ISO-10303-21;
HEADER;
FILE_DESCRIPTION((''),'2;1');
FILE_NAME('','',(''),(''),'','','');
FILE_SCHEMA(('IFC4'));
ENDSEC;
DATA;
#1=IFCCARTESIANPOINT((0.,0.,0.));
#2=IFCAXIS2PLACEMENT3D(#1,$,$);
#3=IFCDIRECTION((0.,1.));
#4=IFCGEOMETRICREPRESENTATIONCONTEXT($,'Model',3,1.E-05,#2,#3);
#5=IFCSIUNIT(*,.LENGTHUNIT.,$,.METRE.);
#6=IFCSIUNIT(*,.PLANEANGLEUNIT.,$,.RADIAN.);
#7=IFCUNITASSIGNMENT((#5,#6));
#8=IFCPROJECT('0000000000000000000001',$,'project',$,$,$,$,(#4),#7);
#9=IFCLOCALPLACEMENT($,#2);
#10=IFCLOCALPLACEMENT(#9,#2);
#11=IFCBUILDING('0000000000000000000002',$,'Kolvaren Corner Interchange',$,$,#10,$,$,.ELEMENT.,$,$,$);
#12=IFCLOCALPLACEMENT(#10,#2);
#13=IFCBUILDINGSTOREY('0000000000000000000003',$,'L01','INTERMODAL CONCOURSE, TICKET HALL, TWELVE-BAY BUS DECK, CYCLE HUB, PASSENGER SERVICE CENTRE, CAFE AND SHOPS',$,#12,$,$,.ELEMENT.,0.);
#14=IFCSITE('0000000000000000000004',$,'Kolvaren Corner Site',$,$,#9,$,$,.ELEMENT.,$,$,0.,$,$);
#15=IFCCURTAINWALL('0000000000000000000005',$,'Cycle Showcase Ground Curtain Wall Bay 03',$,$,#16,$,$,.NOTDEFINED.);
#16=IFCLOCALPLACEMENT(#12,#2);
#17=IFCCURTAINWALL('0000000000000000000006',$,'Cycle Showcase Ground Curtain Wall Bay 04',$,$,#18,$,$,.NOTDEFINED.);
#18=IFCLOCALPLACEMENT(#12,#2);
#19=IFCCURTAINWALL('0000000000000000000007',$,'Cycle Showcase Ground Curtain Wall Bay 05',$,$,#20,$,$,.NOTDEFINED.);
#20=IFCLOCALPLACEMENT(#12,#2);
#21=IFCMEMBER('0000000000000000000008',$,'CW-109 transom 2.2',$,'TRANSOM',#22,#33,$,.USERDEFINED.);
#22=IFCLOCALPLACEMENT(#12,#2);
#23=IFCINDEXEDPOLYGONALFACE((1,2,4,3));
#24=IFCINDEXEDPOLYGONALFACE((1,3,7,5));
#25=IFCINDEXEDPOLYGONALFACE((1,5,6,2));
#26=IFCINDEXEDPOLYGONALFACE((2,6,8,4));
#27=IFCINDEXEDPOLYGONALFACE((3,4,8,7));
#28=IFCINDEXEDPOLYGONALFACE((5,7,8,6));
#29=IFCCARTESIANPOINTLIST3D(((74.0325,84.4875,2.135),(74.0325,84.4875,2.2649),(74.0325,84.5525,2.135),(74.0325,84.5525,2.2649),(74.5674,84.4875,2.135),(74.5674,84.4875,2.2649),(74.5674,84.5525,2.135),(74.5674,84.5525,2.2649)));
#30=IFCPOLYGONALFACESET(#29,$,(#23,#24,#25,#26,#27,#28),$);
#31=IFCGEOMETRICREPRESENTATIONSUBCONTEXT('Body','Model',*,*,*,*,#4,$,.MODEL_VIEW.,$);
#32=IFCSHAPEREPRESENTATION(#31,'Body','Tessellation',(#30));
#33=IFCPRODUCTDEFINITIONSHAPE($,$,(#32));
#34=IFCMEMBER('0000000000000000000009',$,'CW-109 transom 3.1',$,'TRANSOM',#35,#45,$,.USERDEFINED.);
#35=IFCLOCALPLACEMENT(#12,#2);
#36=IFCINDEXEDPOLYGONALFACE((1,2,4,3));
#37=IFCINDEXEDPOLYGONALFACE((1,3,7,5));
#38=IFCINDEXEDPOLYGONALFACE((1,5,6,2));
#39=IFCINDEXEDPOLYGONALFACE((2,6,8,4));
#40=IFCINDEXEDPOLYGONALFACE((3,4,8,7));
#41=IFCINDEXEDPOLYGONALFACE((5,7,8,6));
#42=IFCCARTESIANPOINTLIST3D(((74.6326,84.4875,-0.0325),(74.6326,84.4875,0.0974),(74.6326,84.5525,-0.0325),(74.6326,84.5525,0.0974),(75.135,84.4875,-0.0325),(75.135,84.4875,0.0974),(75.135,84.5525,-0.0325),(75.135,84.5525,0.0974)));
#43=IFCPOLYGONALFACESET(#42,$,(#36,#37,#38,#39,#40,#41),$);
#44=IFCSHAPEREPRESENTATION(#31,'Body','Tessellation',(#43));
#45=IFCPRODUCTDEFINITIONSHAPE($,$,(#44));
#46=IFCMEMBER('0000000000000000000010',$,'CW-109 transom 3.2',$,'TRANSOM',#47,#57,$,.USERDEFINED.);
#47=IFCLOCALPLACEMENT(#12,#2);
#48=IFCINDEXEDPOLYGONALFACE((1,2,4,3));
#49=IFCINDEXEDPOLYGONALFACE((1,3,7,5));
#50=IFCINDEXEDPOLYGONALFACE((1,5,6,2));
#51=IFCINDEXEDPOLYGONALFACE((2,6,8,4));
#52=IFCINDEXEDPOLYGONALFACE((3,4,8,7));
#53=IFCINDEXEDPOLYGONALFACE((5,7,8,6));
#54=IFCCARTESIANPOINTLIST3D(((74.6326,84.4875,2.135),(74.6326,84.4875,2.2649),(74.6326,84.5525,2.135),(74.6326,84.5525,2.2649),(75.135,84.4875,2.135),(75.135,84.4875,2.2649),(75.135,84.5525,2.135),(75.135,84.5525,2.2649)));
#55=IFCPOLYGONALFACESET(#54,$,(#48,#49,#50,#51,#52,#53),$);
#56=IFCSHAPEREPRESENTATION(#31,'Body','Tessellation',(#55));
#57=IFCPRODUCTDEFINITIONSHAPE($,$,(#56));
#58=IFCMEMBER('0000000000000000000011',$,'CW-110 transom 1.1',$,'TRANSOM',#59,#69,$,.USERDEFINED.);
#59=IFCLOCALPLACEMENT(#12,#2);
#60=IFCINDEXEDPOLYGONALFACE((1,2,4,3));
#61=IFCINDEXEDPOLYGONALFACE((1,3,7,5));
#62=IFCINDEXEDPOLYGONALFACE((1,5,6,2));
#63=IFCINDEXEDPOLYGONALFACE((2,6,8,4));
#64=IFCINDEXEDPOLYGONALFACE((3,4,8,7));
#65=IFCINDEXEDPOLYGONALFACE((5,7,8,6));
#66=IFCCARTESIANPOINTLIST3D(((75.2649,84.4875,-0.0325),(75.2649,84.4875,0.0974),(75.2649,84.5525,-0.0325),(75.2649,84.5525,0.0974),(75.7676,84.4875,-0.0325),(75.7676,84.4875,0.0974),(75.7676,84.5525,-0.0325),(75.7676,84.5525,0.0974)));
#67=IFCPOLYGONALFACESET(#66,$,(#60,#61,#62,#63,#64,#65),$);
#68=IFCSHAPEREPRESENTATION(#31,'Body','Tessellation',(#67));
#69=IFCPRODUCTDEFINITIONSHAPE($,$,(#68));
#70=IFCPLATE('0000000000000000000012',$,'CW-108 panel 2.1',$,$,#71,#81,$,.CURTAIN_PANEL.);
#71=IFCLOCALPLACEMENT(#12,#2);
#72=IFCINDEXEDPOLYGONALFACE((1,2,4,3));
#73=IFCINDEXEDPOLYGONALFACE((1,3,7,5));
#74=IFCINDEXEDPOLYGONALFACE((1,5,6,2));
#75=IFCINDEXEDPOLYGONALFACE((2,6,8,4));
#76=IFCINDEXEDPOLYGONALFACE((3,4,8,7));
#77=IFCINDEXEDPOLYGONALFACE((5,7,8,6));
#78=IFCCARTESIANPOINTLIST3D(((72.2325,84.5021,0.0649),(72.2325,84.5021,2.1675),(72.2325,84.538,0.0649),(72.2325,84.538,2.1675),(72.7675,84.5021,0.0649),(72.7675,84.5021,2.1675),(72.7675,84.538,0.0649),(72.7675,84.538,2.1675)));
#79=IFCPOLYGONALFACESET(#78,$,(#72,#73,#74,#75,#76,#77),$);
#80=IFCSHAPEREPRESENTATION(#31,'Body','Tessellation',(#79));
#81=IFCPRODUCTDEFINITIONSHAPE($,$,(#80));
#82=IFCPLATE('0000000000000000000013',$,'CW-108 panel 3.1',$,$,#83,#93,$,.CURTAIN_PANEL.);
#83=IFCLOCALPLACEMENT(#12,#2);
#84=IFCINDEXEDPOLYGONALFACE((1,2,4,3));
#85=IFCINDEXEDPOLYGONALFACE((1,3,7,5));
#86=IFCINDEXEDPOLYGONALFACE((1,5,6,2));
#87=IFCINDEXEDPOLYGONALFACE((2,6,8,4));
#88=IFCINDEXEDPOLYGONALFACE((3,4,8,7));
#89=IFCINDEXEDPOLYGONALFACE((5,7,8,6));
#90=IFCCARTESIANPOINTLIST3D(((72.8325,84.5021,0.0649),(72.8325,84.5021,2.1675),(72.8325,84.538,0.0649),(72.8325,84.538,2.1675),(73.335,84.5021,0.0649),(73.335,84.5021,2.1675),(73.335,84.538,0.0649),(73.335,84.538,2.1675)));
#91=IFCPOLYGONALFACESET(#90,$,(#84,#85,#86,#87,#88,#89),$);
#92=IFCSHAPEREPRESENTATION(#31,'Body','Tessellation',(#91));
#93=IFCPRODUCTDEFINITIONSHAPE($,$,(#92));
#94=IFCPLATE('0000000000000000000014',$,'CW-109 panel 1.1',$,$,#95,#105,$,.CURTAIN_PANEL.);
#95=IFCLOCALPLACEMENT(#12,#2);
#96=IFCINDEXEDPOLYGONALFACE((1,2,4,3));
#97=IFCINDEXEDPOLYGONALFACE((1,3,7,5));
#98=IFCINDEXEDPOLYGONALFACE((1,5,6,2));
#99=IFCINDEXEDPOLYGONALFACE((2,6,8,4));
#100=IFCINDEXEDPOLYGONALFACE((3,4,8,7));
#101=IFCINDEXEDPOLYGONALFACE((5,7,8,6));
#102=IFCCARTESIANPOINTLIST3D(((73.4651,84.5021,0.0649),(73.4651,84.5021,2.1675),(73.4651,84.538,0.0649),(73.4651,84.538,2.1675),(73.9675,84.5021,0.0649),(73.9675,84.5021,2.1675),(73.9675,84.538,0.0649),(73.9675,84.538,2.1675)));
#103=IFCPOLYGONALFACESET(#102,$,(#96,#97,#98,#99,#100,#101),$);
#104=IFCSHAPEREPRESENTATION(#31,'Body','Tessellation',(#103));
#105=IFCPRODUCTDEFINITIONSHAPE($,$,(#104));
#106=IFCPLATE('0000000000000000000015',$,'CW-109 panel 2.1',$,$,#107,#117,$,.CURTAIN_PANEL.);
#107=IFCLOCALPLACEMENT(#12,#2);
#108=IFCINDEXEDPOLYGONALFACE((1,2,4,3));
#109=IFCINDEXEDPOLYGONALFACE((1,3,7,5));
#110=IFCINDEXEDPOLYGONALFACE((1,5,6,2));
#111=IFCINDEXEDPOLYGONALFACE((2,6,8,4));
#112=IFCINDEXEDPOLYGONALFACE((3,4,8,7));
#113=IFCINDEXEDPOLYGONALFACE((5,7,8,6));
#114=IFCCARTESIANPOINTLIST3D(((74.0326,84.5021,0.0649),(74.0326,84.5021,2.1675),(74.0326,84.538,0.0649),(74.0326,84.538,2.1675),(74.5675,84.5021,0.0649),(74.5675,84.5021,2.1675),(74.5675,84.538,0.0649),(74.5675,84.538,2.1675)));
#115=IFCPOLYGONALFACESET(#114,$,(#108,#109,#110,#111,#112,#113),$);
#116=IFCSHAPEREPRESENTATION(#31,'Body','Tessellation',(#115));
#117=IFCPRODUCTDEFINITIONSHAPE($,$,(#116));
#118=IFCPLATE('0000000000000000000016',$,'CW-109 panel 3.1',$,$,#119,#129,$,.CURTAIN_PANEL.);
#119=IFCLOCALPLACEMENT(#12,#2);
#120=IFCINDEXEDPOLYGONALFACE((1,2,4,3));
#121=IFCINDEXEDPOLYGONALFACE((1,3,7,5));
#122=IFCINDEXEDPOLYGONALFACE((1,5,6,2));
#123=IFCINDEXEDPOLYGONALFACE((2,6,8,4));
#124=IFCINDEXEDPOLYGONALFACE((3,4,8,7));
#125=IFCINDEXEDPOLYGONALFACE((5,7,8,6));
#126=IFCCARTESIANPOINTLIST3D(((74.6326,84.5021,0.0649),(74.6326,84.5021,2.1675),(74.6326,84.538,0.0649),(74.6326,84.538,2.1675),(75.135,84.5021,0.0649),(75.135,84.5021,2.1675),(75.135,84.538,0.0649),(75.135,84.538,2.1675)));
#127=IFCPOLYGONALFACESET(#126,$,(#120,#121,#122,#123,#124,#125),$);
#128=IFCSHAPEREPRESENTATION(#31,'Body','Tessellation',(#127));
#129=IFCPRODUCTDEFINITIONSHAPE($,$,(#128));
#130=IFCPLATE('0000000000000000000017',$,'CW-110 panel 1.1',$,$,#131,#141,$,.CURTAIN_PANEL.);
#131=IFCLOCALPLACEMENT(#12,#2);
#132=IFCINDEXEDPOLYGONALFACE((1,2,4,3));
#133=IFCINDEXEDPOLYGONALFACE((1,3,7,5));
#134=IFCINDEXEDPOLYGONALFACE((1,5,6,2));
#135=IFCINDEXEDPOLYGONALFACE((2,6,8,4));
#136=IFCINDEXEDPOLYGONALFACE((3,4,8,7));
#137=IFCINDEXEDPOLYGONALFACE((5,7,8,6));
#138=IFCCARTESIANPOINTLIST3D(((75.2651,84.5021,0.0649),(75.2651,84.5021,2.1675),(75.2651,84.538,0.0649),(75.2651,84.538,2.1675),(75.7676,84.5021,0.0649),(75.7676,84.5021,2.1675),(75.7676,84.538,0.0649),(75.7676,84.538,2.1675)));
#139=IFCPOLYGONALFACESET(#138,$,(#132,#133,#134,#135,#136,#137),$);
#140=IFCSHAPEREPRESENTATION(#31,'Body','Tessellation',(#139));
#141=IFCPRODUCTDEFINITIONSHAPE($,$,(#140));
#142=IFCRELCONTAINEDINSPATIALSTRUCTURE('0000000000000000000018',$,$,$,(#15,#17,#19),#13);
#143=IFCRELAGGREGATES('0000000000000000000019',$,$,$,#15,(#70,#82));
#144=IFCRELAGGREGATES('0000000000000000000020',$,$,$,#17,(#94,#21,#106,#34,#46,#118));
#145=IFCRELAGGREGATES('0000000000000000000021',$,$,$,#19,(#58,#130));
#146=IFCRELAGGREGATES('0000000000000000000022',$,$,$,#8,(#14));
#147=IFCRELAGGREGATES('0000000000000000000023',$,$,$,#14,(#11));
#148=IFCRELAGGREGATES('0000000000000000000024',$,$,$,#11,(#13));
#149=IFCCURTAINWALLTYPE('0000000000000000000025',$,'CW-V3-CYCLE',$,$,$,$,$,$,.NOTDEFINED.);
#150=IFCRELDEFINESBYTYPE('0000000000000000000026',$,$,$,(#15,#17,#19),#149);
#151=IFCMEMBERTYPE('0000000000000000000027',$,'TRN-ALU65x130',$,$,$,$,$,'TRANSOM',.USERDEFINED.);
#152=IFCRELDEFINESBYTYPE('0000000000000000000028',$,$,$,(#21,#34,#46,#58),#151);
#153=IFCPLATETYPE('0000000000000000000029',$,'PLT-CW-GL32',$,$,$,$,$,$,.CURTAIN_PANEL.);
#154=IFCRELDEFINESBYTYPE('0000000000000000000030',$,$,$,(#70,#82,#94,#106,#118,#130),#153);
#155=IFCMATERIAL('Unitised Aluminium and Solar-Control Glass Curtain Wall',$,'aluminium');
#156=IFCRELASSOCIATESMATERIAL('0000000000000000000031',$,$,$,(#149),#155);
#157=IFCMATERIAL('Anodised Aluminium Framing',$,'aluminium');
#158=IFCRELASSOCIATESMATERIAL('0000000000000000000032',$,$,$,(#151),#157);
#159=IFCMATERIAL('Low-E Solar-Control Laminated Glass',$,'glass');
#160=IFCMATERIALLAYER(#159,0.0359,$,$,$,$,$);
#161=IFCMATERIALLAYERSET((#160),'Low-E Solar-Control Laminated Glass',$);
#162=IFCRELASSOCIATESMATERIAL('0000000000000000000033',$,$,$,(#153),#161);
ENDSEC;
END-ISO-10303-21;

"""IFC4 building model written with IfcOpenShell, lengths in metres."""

from ifc_helpers import new_model, si_unit, direction, frame, origin, origin_2d, place, context, subcontext, project, spatial, rectangle, extrude, material, layer, layer_set, material_profile, profile_set, type_object, element, aggregate, save


model = new_model("IFC4")

# Units and contexts
model_context = context("Model", 3, precision=1e-05, world=origin(), true_north=direction((0.0, 1.0)))
body_context = subcontext(model_context, "Body", "Model", "MODEL_VIEW")
ifc_project = project(units=[si_unit("LENGTHUNIT", "METRE"), si_unit("PLANEANGLEUNIT", "RADIAN")], contexts=[model_context])

# Site, building, storey
site_placement = place(None, origin())
site = spatial("IfcSite", under=ifc_project, at=site_placement, Name="Kolvaren Corner Site", CompositionType="ELEMENT", RefElevation=0.0)
building_placement = place(site_placement, origin())
building = spatial("IfcBuilding", under=site, at=building_placement, Name="Kolvaren Corner Interchange", CompositionType="ELEMENT")
storey_placement = place(building_placement, origin())
storey = spatial("IfcBuildingStorey", under=building, at=storey_placement, Name="L01", Description="INTERMODAL CONCOURSE, TICKET HALL, TWELVE-BAY BUS DECK, CYCLE HUB, PASSENGER SERVICE CENTRE, CAFE AND SHOPS", CompositionType="ELEMENT", Elevation=0.0)

# Curtain walls
ifc_material_1 = material(Name="Unitised Aluminium and Solar-Control Glass Curtain Wall", Category="aluminium")
curtain_wall_type = type_object("IfcCurtainWallType", Name="CW-V3-CYCLE", PredefinedType="NOTDEFINED", material=ifc_material_1)
curtain_wall_1_placement = place(storey_placement, origin())
curtain_wall_1 = element("IfcCurtainWall", 1, at=curtain_wall_1_placement, inside=storey, type_object=curtain_wall_type, Name="Cycle Showcase Ground Curtain Wall Bay 03", PredefinedType="NOTDEFINED")
curtain_wall_2_placement = place(storey_placement, origin())
curtain_wall_2 = element("IfcCurtainWall", 2, at=curtain_wall_2_placement, inside=storey, type_object=curtain_wall_type, Name="Cycle Showcase Ground Curtain Wall Bay 04", PredefinedType="NOTDEFINED")

# Curtain wall
curtain_wall_3_placement = place(storey_placement, origin())
curtain_wall_3 = element("IfcCurtainWall", 3, at=curtain_wall_3_placement, inside=storey, type_object=curtain_wall_type, Name="Cycle Showcase Ground Curtain Wall Bay 05", PredefinedType="NOTDEFINED")

# Members
ifc_material_2 = material(Name="Anodised Aluminium Framing", Category="aluminium")
ifc_material_profile_1 = material_profile(ifc_material_2, rectangle(XDim=0.0649, YDim=0.1299, at=origin_2d()), Name="ALU 65x130")
ifc_profile_set_1 = profile_set([ifc_material_profile_1], Name="Anodised Aluminium Framing")
member_type_1 = type_object("IfcMemberType", Name="TRN-ALU65x130", ElementType="TRANSOM", PredefinedType="USERDEFINED", material=ifc_profile_set_1)
member_1_placement = place(storey_placement, frame((74.0325, 84.52, 2.2), z_axis=(1.0, 0.0, 0.0), x_axis=(0.0, 1.0, 0.0)))
member_1 = element("IfcMember", 4, at=member_1_placement, type_object=member_type_1, Name="CW-109 transom 2.2", ObjectType="TRANSOM", PredefinedType="USERDEFINED", context=body_context, shape_type="SweptSolid", body=[
    extrude(rectangle(XDim=0.0649, YDim=0.1299, at=origin_2d()), origin(), (0.0, 0.0, 1.0), 0.5349),
])
member_2_placement = place(storey_placement, frame((74.6326, 84.52, 0.0325), z_axis=(1.0, 0.0, 0.0), x_axis=(0.0, 1.0, 0.0)))
member_2 = element("IfcMember", 5, at=member_2_placement, type_object=member_type_1, Name="CW-109 transom 3.1", ObjectType="TRANSOM", PredefinedType="USERDEFINED", context=body_context, shape_type="SweptSolid", body=[
    extrude(rectangle(XDim=0.0649, YDim=0.1299, at=origin_2d()), origin(), (0.0, 0.0, 1.0), 0.5024),
])
member_3_placement = place(storey_placement, frame((74.6326, 84.52, 2.2), z_axis=(1.0, 0.0, 0.0), x_axis=(0.0, 1.0, 0.0)))
member_3 = element("IfcMember", 6, at=member_3_placement, type_object=member_type_1, Name="CW-109 transom 3.2", ObjectType="TRANSOM", PredefinedType="USERDEFINED", context=body_context, shape_type="SweptSolid", body=[
    extrude(rectangle(XDim=0.0649, YDim=0.1299, at=origin_2d()), origin(), (0.0, 0.0, 1.0), 0.5024),
])
member_4_placement = place(storey_placement, frame((75.2649, 84.52, 0.0325), z_axis=(1.0, 0.0, 0.0), x_axis=(0.0, 1.0, 0.0)))
member_4 = element("IfcMember", 7, at=member_4_placement, type_object=member_type_1, Name="CW-110 transom 1.1", ObjectType="TRANSOM", PredefinedType="USERDEFINED", context=body_context, shape_type="SweptSolid", body=[
    extrude(rectangle(XDim=0.0649, YDim=0.1299, at=origin_2d()), origin(), (0.0, 0.0, 1.0), 0.5027),
])

# Plates
ifc_material_3 = material(Name="Low-E Solar-Control Laminated Glass", Category="glass")
ifc_layer = layer(ifc_material_3, 0.0359)
ifc_layer_set = layer_set([ifc_layer], Name="Low-E Solar-Control Laminated Glass")
plate_type = type_object("IfcPlateType", Name="PLT-CW-GL32", PredefinedType="CURTAIN_PANEL", material=ifc_layer_set)
plate_1_placement = place(storey_placement, frame((72.5, 84.52, 0.0649), z_axis=(0.0, 0.0, 1.0), x_axis=(1.0, 0.0, 0.0)))
plate_1 = element("IfcPlate", 8, at=plate_1_placement, type_object=plate_type, Name="CW-108 panel 2.1", PredefinedType="CURTAIN_PANEL", context=body_context, shape_type="SweptSolid", body=[
    extrude(rectangle(XDim=0.5349, YDim=0.0359, at=origin_2d()), origin(), (0.0, 0.0, 1.0), 2.1025),
])
plate_2_placement = place(storey_placement, frame((73.0837, 84.52, 0.0649), z_axis=(0.0, 0.0, 1.0), x_axis=(1.0, 0.0, 0.0)))
plate_2 = element("IfcPlate", 9, at=plate_2_placement, type_object=plate_type, Name="CW-108 panel 3.1", PredefinedType="CURTAIN_PANEL", context=body_context, shape_type="SweptSolid", body=[
    extrude(rectangle(XDim=0.5024, YDim=0.0359, at=origin_2d()), origin(), (0.0, 0.0, 1.0), 2.1025),
])
aggregate(curtain_wall_1, [plate_1, plate_2])
plate_3_placement = place(storey_placement, frame((73.7163, 84.52, 0.0649), z_axis=(0.0, 0.0, 1.0), x_axis=(1.0, 0.0, 0.0)))
plate_3 = element("IfcPlate", 10, at=plate_3_placement, type_object=plate_type, Name="CW-109 panel 1.1", PredefinedType="CURTAIN_PANEL", context=body_context, shape_type="SweptSolid", body=[
    extrude(rectangle(XDim=0.5024, YDim=0.0359, at=origin_2d()), origin(), (0.0, 0.0, 1.0), 2.1025),
])
plate_4_placement = place(storey_placement, frame((74.3, 84.52, 0.0649), z_axis=(0.0, 0.0, 1.0), x_axis=(1.0, 0.0, 0.0)))
plate_4 = element("IfcPlate", 11, at=plate_4_placement, type_object=plate_type, Name="CW-109 panel 2.1", PredefinedType="CURTAIN_PANEL", context=body_context, shape_type="SweptSolid", body=[
    extrude(rectangle(XDim=0.5349, YDim=0.0359, at=origin_2d()), origin(), (0.0, 0.0, 1.0), 2.1025),
])
plate_5_placement = place(storey_placement, frame((74.8838, 84.52, 0.0649), z_axis=(0.0, 0.0, 1.0), x_axis=(1.0, 0.0, 0.0)))
plate_5 = element("IfcPlate", 12, at=plate_5_placement, type_object=plate_type, Name="CW-109 panel 3.1", PredefinedType="CURTAIN_PANEL", context=body_context, shape_type="SweptSolid", body=[
    extrude(rectangle(XDim=0.5024, YDim=0.0359, at=origin_2d()), origin(), (0.0, 0.0, 1.0), 2.1025),
])
aggregate(curtain_wall_2, [plate_3, member_1, plate_4, member_2, member_3, plate_5])
plate_6_placement = place(storey_placement, frame((75.5164, 84.52, 0.0649), z_axis=(0.0, 0.0, 1.0), x_axis=(1.0, 0.0, 0.0)))
plate_6 = element("IfcPlate", 13, at=plate_6_placement, type_object=plate_type, Name="CW-110 panel 1.1", PredefinedType="CURTAIN_PANEL", context=body_context, shape_type="SweptSolid", body=[
    extrude(rectangle(XDim=0.5024, YDim=0.0359, at=origin_2d()), origin(), (0.0, 0.0, 1.0), 2.1025),
])
aggregate(curtain_wall_3, [member_4, plate_6])

save(model, "model.ifc")
